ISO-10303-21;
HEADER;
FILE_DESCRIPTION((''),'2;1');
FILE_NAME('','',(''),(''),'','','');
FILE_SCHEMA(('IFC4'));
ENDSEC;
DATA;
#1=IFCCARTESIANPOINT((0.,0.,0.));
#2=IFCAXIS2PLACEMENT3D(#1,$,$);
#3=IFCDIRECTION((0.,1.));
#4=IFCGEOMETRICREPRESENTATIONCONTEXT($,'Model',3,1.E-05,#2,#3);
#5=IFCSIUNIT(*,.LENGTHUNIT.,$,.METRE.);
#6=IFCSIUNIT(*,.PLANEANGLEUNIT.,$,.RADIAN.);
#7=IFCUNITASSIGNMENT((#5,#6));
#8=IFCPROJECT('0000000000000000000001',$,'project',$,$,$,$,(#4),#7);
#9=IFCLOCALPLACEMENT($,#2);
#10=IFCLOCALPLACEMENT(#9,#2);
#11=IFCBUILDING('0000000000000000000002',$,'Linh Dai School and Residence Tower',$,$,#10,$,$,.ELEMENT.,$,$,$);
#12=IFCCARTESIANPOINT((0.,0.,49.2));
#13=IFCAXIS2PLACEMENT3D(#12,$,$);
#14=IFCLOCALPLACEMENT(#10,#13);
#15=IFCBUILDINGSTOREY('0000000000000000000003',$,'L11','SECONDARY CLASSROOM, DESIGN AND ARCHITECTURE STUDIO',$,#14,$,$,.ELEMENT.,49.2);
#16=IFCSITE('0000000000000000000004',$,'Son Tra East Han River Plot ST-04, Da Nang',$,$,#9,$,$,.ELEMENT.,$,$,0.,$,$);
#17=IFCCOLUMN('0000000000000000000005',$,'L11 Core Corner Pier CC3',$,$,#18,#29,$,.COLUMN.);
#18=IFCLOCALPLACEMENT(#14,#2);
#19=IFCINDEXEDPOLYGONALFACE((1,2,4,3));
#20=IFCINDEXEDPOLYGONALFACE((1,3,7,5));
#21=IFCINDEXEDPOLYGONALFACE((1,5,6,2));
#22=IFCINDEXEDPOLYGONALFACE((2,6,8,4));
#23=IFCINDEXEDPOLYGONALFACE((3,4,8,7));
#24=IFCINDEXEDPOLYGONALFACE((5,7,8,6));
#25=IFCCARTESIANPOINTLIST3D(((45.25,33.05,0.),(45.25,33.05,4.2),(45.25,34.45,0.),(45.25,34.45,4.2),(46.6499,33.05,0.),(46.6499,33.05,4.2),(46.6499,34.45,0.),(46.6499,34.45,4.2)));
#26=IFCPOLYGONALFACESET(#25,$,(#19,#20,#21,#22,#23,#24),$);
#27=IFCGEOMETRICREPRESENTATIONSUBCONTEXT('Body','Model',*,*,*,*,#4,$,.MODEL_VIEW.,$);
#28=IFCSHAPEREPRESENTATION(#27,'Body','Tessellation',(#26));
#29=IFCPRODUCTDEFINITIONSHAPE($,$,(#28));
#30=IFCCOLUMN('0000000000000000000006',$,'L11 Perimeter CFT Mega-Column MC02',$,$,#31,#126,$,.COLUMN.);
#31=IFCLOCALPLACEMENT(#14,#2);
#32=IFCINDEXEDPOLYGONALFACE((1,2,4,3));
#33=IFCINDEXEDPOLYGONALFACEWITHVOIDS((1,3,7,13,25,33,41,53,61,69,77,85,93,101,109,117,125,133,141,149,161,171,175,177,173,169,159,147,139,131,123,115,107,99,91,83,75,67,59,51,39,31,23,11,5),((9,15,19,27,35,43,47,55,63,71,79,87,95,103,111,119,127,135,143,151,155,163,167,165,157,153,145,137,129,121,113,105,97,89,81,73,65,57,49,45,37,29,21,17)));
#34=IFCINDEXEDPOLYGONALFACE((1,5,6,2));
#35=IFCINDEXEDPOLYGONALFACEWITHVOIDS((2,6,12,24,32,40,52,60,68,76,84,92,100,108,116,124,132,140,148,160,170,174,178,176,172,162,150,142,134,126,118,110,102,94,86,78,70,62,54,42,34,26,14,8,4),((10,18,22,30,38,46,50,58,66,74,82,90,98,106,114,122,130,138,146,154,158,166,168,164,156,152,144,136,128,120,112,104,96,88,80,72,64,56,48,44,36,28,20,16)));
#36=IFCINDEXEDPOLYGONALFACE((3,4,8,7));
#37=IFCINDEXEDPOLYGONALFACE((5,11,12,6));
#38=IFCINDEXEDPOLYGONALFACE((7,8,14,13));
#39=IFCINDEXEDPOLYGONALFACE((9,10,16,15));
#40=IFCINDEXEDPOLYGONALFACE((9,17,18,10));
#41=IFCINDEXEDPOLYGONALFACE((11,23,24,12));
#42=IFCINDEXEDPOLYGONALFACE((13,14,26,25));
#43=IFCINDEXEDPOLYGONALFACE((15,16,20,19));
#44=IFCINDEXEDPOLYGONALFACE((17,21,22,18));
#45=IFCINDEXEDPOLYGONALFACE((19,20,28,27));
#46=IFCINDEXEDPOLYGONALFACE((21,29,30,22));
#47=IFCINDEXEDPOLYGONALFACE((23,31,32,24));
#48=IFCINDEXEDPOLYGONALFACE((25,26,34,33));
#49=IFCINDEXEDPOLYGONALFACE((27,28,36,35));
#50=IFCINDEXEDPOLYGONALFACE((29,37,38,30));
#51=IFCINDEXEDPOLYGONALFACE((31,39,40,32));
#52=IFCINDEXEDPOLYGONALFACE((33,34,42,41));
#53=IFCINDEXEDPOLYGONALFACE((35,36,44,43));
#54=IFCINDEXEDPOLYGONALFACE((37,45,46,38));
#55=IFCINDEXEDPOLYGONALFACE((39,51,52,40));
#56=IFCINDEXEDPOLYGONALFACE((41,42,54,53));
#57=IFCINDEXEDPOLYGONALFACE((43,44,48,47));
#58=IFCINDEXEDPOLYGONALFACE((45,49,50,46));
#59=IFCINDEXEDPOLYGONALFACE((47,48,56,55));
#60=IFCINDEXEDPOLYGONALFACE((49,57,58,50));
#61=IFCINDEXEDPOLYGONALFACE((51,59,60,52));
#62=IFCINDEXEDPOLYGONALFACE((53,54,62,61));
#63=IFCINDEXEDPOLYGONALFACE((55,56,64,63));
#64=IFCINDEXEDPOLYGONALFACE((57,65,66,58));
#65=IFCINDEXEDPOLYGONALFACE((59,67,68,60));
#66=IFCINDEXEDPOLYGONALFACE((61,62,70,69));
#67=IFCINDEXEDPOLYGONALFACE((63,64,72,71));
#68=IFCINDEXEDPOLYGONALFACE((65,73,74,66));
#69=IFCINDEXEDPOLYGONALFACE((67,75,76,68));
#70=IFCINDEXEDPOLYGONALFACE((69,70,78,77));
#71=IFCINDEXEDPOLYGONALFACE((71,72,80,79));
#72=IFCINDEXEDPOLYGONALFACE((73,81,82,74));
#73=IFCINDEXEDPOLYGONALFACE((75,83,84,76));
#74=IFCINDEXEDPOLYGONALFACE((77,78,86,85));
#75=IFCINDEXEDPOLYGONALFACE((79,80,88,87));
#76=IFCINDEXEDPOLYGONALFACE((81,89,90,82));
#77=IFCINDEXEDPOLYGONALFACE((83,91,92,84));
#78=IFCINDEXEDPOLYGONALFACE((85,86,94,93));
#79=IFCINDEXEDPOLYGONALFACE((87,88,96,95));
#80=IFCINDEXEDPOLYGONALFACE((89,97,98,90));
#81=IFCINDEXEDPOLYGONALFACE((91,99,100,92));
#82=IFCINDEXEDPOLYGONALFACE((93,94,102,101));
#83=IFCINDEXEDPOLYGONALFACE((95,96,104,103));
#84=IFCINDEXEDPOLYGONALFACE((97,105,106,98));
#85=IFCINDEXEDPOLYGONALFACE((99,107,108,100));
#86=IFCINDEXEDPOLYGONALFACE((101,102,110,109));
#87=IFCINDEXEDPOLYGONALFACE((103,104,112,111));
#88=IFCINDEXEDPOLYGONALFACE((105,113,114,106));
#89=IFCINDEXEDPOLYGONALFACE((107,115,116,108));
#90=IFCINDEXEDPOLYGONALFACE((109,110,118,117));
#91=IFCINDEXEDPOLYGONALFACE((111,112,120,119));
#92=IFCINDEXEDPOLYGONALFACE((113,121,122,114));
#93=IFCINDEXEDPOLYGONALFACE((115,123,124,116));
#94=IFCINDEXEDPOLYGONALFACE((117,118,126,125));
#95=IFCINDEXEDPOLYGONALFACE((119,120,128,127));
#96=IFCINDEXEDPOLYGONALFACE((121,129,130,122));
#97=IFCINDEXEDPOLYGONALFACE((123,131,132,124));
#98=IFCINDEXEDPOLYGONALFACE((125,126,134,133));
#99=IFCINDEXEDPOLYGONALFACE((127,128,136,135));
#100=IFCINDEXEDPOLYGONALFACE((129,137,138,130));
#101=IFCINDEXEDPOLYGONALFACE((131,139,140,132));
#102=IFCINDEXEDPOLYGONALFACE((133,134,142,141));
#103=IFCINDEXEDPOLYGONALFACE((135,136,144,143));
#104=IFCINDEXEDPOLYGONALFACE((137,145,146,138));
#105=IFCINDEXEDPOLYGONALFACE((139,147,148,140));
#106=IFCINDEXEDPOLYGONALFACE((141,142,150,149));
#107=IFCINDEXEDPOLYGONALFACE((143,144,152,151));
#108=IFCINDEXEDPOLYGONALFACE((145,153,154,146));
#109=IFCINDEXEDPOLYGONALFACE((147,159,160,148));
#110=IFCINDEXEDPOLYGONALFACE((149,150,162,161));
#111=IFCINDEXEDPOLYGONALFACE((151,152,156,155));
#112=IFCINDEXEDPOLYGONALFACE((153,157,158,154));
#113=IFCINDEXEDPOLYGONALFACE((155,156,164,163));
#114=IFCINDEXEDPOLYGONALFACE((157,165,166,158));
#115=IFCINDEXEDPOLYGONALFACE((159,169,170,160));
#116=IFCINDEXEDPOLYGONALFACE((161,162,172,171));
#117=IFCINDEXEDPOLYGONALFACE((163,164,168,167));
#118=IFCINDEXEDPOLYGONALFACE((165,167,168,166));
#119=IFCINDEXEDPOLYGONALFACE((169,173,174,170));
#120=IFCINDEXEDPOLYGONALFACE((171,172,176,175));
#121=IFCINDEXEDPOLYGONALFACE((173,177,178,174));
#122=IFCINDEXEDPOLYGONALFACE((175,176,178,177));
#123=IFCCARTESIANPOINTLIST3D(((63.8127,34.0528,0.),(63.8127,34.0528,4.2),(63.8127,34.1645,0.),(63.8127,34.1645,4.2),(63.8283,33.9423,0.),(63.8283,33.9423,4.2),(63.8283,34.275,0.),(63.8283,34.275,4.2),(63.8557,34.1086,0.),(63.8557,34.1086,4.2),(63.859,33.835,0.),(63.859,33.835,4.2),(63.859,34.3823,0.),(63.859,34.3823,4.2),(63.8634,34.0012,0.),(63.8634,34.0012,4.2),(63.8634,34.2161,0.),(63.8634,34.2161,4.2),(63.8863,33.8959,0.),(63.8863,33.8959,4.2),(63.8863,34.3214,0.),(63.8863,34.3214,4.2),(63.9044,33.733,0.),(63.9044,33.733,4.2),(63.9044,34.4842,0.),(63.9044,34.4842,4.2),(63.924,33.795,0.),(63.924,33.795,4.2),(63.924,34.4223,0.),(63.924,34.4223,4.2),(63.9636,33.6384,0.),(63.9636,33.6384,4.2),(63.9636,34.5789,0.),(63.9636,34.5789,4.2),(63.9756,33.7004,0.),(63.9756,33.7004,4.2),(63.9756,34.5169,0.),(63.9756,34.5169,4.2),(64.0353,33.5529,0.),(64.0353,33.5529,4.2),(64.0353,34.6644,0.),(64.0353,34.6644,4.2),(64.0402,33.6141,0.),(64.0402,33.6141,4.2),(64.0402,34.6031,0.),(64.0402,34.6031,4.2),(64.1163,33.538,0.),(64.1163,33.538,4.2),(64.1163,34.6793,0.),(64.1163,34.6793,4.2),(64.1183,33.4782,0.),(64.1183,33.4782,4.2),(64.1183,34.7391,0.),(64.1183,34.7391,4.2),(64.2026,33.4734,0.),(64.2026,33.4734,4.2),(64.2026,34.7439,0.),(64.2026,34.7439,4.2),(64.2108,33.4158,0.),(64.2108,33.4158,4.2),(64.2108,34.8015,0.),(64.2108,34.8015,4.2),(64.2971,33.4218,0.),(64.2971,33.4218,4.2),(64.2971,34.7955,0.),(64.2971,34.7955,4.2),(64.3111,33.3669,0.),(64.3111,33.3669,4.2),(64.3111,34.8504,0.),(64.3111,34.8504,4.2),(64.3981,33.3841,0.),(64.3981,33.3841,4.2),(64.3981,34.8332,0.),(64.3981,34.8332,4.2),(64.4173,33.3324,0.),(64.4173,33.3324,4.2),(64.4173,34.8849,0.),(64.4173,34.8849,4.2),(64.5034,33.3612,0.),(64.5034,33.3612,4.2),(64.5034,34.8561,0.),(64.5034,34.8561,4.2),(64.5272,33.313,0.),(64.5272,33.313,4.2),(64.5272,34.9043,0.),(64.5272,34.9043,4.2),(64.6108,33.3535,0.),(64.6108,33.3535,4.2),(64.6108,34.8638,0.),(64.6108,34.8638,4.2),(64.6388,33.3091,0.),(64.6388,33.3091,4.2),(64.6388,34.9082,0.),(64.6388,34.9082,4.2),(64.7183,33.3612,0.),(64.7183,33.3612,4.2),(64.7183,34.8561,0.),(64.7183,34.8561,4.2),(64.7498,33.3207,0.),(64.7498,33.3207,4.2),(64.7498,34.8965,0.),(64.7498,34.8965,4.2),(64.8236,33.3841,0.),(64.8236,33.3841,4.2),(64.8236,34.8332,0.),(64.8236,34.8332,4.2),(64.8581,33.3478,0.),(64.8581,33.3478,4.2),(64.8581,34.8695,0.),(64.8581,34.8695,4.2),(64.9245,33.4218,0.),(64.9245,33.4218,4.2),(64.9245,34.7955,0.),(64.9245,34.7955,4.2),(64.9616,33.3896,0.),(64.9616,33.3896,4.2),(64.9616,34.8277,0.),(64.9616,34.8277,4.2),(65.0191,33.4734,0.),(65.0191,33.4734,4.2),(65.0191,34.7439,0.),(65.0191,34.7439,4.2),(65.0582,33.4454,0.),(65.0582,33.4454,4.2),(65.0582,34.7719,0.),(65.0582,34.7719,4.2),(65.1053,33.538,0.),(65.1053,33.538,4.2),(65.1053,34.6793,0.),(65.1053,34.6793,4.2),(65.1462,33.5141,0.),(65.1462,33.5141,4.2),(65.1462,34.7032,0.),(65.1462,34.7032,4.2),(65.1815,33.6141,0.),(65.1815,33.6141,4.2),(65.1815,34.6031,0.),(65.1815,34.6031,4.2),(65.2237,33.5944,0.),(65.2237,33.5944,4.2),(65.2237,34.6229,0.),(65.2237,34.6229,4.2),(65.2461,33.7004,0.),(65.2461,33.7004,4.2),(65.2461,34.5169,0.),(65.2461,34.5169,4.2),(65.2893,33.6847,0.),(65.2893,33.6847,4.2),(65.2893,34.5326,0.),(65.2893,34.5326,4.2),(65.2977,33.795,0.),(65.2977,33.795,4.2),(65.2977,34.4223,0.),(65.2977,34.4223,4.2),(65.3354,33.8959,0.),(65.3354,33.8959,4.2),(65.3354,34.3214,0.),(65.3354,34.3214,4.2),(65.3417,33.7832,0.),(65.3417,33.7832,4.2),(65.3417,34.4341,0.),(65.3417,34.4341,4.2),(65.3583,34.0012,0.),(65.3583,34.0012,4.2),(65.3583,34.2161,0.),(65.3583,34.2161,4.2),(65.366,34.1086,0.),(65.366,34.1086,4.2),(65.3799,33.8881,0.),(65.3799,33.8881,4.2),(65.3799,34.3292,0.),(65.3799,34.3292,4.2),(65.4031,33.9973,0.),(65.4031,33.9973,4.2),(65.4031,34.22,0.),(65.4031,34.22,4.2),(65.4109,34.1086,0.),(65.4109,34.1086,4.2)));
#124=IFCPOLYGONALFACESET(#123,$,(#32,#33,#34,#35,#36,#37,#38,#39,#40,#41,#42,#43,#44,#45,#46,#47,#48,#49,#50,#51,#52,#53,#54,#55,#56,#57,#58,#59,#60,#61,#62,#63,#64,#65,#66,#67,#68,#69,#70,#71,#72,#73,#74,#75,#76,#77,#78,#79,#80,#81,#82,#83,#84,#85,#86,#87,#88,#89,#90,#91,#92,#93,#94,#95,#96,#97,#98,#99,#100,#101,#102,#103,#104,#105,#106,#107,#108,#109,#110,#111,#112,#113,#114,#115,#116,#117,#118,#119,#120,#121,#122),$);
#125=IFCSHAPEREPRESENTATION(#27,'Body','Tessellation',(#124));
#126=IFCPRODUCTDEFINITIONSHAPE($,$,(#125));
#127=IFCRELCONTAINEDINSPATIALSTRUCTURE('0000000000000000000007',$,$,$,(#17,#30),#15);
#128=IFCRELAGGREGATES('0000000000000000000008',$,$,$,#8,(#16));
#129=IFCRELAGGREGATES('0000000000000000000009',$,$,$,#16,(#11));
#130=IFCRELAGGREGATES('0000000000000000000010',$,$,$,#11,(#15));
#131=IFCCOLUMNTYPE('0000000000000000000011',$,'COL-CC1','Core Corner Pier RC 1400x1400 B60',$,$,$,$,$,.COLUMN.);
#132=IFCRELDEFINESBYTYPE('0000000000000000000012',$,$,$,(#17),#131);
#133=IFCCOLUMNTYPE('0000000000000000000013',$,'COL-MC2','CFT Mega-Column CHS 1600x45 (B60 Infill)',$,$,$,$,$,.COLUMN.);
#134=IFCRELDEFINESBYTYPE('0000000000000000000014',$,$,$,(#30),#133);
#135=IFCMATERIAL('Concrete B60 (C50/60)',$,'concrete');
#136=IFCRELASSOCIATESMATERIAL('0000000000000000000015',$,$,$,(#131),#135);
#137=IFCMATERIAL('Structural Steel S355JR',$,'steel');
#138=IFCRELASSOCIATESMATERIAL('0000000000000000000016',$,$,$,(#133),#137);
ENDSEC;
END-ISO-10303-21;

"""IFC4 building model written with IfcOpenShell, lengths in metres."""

from ifc_helpers import new_model, si_unit, direction, frame, origin, origin_2d, place, context, subcontext, project, spatial, rectangle, hollow_circle, extrude, material, material_profile, profile_set, type_object, element, save


model = new_model("IFC4")

# Units and contexts
model_context = context("Model", 3, precision=1e-05, world=origin(), true_north=direction((0.0, 1.0)))
body_context = subcontext(model_context, "Body", "Model", "MODEL_VIEW")
ifc_project = project(units=[si_unit("LENGTHUNIT", "METRE"), si_unit("PLANEANGLEUNIT", "RADIAN")], contexts=[model_context])

# Site, building, storey
site_placement = place(None, origin())
site = spatial("IfcSite", under=ifc_project, at=site_placement, Name="Son Tra East Han River Plot ST-04, Da Nang", CompositionType="ELEMENT", RefElevation=0.0)
building_placement = place(site_placement, origin())
building = spatial("IfcBuilding", under=site, at=building_placement, Name="Linh Dai School and Residence Tower", CompositionType="ELEMENT")
storey_placement = place(building_placement, frame((0.0, 0.0, 49.2)))
storey = spatial("IfcBuildingStorey", under=building, at=storey_placement, Name="L11", Description="SECONDARY CLASSROOM, DESIGN AND ARCHITECTURE STUDIO", CompositionType="ELEMENT", Elevation=49.2)

# Columns
ifc_material_1 = material(Name="Concrete B60 (C50/60)", Category="concrete")
ifc_material_profile_1 = material_profile(ifc_material_1, rectangle(XDim=1.3999, YDim=1.3999, at=origin_2d()), Name="RC 1400x1400")
ifc_profile_set_1 = profile_set([ifc_material_profile_1], Name="Concrete B60 (C50/60)")
column_type_1 = type_object("IfcColumnType", Name="COL-CC1", Description="Core Corner Pier RC 1400x1400 B60", PredefinedType="COLUMN", material=ifc_profile_set_1)
column_placement = place(storey_placement, frame((45.95, 33.75, 0.0), z_axis=(0.0, 0.0, 1.0), x_axis=(1.0, 0.0, 0.0)))
element("IfcColumn", 1, at=column_placement, inside=storey, type_object=column_type_1, Name="L11 Core Corner Pier CC3", PredefinedType="COLUMN", context=body_context, shape_type="SweptSolid", body=[
    extrude(rectangle(XDim=1.3999, YDim=1.3999, at=origin_2d()), origin(), (0.0, 0.0, 1.0), 4.2),
])
ifc_material_2 = material(Name="Structural Steel S355JR", Category="steel")
ifc_material_profile_2 = material_profile(ifc_material_2, hollow_circle(Radius=0.8, WallThickness=0.0449, at=origin_2d()), Name="CHS 1600x45")
ifc_profile_set_2 = profile_set([ifc_material_profile_2], Name="Structural Steel S355JR")
column_type_2 = type_object("IfcColumnType", Name="COL-MC2", Description="CFT Mega-Column CHS 1600x45 (B60 Infill)", PredefinedType="COLUMN", material=ifc_profile_set_2)
for number, where, z_axis, x_axis, name in (
    (2, (64.6108, 34.1086, 0.0), (0.0, 0.0, 1.0), (1.0, 0.0, 0.0), "L11 Perimeter CFT Mega-Column MC02"),
):
    element("IfcColumn", number, at=place(storey_placement, frame(where, z_axis=z_axis, x_axis=x_axis)), inside=storey, type_object=column_type_2, Name=name, PredefinedType="COLUMN", context=body_context, shape_type="SweptSolid", body=[
        extrude(hollow_circle(Radius=0.8, WallThickness=0.0449, at=origin_2d()), origin(), (0.0, 0.0, 1.0), 4.2),
    ])

save(model, "model.ifc")
